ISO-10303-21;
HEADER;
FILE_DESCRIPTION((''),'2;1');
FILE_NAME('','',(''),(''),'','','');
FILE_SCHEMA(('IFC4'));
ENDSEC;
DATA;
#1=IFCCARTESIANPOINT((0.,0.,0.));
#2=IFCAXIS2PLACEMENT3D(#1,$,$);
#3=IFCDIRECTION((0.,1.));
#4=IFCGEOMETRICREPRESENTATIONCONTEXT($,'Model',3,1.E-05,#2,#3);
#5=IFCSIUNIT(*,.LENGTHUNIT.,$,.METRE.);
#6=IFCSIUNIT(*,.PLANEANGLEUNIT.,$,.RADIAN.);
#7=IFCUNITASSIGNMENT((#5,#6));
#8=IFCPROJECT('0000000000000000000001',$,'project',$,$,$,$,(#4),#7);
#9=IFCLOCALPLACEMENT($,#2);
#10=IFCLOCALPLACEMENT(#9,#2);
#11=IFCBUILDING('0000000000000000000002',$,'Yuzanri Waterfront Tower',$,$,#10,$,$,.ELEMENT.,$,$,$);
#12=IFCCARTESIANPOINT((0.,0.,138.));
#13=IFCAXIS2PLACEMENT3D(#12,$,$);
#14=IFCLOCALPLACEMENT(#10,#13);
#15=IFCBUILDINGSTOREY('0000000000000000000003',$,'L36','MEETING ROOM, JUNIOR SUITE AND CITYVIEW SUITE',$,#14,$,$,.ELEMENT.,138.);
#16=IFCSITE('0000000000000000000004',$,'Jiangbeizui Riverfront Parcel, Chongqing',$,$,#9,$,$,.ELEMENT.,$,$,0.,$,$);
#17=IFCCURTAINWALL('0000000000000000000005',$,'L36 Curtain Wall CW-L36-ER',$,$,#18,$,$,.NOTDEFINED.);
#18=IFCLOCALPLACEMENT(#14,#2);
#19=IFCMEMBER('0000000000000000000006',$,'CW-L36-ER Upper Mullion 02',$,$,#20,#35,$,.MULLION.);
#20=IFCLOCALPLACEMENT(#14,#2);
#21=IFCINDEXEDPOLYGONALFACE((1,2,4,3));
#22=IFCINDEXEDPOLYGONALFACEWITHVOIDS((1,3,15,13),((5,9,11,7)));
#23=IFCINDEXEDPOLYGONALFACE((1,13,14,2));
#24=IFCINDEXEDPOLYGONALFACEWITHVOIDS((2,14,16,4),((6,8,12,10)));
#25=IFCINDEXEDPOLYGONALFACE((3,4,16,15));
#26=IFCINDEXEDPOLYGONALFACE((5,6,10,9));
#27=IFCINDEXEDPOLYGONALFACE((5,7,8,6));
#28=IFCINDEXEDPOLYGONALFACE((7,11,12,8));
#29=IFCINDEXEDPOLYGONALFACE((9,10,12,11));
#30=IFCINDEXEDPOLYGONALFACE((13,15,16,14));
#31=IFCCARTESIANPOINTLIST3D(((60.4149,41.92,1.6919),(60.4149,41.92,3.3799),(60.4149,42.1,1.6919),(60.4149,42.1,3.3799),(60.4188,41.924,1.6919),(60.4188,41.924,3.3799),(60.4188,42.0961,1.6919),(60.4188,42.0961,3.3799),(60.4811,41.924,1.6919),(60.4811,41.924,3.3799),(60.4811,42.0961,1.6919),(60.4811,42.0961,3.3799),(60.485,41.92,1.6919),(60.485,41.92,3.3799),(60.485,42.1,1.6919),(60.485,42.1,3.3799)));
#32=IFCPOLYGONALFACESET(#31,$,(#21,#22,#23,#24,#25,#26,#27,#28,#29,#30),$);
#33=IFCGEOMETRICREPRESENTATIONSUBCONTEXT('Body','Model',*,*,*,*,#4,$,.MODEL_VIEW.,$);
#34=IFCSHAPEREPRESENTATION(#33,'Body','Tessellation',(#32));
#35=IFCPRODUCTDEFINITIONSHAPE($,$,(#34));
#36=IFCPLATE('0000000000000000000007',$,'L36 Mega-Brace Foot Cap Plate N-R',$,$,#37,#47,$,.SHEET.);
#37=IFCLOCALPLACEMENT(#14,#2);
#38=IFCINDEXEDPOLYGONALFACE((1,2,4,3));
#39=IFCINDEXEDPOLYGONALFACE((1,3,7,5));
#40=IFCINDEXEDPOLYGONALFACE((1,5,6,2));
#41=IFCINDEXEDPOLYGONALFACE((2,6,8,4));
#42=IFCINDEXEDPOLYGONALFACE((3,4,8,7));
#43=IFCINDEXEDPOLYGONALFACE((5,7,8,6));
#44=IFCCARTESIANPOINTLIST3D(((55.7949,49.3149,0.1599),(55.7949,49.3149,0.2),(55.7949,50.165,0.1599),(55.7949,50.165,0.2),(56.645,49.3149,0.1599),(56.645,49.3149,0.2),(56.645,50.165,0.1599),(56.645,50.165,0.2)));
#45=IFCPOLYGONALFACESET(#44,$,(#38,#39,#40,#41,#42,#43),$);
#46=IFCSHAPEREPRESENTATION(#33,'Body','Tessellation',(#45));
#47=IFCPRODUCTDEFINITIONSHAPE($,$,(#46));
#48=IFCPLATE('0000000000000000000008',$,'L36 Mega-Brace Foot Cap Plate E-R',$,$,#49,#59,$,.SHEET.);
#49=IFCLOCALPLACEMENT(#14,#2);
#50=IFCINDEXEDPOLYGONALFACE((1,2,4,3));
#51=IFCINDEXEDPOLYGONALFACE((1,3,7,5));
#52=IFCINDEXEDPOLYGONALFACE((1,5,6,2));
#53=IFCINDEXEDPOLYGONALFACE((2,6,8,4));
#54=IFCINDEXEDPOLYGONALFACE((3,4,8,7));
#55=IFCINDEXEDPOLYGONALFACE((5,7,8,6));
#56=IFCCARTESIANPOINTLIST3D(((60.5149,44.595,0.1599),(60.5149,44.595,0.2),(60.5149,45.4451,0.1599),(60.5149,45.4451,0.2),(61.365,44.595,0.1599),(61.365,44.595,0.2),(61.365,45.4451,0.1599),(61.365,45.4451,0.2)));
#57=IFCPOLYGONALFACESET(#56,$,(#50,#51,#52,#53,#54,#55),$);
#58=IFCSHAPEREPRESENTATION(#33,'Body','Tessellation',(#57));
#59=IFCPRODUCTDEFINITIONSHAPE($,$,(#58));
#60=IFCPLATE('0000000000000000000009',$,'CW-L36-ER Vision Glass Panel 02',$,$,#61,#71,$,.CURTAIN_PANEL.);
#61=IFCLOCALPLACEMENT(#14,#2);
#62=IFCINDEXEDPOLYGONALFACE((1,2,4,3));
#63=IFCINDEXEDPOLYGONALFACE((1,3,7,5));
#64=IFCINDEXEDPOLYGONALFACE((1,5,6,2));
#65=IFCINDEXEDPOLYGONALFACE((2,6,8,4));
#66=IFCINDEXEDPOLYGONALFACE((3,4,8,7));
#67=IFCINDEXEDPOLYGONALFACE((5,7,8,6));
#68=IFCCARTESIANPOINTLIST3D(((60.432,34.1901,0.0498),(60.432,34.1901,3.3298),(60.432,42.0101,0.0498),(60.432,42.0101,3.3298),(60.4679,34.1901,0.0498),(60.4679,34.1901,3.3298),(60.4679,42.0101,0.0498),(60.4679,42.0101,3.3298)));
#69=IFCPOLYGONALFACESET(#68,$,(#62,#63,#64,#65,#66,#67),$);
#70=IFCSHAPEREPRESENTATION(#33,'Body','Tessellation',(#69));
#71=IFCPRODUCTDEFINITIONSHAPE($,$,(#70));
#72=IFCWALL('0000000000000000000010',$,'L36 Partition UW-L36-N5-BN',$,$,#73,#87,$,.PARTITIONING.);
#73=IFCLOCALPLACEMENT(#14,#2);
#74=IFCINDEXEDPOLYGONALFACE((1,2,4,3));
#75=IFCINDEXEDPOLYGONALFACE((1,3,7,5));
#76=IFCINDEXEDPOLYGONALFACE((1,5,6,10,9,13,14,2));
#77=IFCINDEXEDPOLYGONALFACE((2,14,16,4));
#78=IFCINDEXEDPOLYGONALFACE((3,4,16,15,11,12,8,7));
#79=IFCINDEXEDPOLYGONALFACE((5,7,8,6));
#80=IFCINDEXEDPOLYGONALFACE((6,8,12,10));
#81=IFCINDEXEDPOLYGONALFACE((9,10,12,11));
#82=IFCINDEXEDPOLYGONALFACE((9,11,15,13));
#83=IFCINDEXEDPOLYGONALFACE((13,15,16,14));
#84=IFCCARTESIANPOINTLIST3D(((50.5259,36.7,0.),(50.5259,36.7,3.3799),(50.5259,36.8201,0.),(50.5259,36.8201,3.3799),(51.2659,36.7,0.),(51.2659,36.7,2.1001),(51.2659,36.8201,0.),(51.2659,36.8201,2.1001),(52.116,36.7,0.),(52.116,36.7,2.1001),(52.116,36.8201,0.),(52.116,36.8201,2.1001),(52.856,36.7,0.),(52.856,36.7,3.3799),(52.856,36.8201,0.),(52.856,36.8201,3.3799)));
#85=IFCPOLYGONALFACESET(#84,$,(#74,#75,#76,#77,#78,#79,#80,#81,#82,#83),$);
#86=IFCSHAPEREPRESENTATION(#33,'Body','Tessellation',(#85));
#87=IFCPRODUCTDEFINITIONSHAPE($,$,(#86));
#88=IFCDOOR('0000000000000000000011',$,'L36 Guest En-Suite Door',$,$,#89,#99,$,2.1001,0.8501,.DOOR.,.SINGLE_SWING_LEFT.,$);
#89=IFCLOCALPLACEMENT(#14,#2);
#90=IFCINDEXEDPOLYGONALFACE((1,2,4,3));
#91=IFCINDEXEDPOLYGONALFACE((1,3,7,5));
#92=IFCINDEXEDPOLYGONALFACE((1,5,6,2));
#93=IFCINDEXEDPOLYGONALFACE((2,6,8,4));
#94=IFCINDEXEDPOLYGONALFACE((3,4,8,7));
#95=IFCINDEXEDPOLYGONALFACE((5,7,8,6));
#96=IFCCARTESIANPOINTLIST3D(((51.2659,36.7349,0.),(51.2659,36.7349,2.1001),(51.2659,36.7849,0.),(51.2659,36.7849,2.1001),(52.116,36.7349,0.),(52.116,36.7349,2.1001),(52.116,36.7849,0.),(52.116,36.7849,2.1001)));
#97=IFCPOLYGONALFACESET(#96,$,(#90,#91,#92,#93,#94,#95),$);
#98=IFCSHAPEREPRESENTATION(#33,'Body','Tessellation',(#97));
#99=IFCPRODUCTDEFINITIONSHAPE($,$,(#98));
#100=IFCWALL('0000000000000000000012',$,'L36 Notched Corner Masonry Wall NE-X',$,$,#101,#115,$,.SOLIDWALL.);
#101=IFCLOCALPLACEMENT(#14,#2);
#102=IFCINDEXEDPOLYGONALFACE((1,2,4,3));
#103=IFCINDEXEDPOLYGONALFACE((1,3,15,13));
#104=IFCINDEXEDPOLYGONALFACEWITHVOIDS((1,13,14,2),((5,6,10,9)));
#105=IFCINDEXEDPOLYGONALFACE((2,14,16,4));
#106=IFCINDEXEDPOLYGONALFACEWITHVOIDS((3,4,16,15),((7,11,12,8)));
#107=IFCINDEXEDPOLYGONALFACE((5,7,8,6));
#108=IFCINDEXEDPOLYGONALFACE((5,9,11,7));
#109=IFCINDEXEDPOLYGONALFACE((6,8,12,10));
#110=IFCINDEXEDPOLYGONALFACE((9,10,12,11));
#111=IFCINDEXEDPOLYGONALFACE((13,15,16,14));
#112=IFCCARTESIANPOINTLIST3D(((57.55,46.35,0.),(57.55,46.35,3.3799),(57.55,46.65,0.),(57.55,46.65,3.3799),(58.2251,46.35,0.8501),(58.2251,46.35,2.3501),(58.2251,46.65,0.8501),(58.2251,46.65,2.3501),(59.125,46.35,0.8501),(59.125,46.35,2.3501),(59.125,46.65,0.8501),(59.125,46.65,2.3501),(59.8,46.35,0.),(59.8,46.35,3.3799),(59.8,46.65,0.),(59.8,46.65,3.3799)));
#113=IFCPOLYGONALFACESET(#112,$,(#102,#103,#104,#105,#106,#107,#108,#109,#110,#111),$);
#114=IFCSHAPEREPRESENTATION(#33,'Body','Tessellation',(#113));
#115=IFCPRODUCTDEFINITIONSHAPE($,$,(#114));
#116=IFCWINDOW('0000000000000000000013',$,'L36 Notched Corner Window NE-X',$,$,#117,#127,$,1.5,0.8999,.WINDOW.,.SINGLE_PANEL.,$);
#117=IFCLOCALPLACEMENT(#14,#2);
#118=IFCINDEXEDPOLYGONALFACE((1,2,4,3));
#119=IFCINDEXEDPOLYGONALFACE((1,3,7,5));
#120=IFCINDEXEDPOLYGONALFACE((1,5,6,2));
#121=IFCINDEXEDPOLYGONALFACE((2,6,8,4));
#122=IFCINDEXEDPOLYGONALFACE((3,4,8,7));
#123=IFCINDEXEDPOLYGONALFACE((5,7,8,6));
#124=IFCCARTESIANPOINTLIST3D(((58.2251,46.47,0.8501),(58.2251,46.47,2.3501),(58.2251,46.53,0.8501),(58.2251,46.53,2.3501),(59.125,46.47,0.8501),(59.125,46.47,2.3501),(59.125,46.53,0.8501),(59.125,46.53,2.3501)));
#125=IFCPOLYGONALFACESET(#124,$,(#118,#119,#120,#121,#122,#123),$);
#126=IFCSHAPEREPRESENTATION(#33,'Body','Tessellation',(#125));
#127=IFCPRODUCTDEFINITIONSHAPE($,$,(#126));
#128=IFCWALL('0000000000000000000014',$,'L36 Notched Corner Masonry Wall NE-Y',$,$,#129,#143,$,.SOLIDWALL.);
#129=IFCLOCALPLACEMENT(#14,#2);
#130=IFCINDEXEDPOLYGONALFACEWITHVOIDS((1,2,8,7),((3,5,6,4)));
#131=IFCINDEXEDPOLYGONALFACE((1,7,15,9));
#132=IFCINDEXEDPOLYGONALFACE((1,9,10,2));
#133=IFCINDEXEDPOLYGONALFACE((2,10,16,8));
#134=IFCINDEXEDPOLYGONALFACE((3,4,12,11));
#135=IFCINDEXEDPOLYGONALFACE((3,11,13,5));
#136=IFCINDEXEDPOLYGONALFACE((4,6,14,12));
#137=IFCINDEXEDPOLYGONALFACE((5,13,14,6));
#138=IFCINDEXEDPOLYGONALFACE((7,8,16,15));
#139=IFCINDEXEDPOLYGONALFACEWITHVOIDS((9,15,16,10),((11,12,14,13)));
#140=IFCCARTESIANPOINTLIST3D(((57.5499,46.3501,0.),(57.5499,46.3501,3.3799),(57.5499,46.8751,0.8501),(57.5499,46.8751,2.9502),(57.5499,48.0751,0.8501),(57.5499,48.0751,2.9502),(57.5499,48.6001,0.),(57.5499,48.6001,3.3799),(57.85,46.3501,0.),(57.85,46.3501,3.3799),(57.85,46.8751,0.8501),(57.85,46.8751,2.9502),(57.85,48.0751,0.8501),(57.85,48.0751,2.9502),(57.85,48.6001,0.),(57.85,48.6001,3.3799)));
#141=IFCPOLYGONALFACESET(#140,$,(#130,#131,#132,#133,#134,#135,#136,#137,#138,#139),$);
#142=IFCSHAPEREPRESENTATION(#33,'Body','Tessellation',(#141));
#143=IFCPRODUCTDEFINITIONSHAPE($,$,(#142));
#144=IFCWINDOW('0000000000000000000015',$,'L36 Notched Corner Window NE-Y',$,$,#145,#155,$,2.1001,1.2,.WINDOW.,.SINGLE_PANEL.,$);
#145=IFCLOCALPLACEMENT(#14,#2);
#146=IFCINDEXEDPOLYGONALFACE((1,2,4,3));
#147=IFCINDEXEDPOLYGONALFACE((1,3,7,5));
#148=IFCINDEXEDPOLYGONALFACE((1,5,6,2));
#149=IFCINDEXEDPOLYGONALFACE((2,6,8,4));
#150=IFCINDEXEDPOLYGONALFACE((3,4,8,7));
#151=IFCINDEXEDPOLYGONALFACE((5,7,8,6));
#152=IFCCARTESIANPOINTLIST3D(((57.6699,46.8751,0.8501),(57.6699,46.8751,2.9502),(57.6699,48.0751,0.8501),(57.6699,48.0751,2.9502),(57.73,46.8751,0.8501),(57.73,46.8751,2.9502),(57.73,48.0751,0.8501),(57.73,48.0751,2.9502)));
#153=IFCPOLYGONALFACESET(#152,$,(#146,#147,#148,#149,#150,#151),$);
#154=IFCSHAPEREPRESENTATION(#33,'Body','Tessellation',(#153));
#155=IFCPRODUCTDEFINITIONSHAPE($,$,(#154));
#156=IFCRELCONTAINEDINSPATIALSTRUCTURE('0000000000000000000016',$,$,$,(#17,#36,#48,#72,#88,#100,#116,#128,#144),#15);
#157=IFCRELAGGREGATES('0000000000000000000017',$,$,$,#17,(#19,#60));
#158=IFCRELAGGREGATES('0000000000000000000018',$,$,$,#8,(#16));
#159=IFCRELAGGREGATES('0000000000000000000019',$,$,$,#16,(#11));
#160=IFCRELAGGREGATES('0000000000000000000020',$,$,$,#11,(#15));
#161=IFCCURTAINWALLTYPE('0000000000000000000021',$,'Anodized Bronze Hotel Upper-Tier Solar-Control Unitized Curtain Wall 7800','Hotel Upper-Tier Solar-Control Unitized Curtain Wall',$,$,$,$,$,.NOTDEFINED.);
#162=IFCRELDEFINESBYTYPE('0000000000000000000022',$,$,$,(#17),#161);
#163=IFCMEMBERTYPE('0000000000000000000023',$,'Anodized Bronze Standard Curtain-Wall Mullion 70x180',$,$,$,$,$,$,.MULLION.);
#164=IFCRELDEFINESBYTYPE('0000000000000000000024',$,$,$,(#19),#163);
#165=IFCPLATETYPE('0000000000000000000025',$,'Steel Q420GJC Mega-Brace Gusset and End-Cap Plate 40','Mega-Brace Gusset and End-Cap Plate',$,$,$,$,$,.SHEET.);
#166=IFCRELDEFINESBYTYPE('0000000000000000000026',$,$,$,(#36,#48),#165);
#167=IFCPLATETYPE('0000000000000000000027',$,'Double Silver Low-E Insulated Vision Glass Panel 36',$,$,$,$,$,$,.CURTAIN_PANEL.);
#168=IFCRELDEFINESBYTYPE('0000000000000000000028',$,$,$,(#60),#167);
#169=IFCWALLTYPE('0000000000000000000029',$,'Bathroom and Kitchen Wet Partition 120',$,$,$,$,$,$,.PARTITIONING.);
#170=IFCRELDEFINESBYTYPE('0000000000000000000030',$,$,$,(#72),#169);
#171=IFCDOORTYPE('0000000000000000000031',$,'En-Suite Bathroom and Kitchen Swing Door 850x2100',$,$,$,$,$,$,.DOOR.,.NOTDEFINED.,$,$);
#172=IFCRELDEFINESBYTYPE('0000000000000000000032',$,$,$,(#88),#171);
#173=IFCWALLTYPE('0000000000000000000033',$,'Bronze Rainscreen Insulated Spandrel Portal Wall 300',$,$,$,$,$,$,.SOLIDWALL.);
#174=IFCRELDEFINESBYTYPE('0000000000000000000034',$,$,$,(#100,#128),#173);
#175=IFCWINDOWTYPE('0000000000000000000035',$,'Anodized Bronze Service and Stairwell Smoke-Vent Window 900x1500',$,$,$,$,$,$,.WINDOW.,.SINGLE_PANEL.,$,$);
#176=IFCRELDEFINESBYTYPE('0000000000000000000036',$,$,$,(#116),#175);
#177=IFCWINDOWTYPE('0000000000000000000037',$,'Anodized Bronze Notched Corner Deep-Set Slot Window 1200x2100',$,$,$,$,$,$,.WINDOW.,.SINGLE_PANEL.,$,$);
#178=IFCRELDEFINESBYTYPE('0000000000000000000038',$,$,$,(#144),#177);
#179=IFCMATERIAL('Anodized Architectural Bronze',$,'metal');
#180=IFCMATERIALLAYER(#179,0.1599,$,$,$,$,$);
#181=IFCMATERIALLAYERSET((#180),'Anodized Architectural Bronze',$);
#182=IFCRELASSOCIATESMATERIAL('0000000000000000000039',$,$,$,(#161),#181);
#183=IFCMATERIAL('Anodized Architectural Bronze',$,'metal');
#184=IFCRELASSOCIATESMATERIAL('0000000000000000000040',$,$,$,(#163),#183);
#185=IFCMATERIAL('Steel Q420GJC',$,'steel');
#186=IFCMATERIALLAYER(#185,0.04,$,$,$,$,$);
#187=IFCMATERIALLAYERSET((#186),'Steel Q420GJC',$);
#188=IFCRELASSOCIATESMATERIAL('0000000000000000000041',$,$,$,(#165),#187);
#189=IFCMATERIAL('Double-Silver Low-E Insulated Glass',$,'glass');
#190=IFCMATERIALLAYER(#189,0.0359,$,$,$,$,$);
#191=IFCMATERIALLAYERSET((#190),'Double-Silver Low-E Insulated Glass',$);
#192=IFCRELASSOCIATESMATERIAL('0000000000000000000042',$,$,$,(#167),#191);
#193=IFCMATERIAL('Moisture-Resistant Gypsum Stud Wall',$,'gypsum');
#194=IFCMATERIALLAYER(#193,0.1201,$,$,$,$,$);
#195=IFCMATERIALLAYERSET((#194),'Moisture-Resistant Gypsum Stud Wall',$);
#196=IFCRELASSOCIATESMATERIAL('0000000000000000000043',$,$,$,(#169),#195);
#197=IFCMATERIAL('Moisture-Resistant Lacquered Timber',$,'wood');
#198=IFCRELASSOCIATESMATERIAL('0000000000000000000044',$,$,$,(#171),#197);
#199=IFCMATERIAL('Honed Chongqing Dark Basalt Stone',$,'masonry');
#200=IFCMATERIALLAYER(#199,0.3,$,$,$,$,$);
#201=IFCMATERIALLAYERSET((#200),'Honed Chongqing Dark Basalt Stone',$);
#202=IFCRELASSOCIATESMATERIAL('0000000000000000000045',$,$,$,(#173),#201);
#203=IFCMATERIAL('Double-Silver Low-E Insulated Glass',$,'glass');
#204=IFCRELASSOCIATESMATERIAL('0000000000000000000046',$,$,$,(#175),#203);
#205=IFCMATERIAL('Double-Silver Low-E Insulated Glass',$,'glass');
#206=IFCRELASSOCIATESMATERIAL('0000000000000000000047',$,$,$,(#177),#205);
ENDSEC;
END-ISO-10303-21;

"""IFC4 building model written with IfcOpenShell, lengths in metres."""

from ifc_helpers import new_model, si_unit, direction, frame, frame_2d, origin, origin_2d, place, context, subcontext, project, spatial, rectangle, hollow_rectangle, extrude, source, transform, mapped, material, layer, layer_set, material_profile, profile_set, type_object, element, fill, aggregate, save


model = new_model("IFC4")

# Units and contexts
model_context = context("Model", 3, precision=1e-05, world=origin(), true_north=direction((0.0, 1.0)))
body_context = subcontext(model_context, "Body", "Model", "MODEL_VIEW")
ifc_project = project(units=[si_unit("LENGTHUNIT", "METRE"), si_unit("PLANEANGLEUNIT", "RADIAN")], contexts=[model_context])

# Site, building, storey
site_placement = place(None, origin())
site = spatial("IfcSite", under=ifc_project, at=site_placement, Name="Jiangbeizui Riverfront Parcel, Chongqing", CompositionType="ELEMENT", RefElevation=0.0)
building_placement = place(site_placement, origin())
building = spatial("IfcBuilding", under=site, at=building_placement, Name="Yuzanri Waterfront Tower", CompositionType="ELEMENT")
storey_placement = place(building_placement, frame((0.0, 0.0, 138.0)))
storey = spatial("IfcBuildingStorey", under=building, at=storey_placement, Name="L36", Description="MEETING ROOM, JUNIOR SUITE AND CITYVIEW SUITE", CompositionType="ELEMENT", Elevation=138.0)

# Curtain wall, member
ifc_material_1 = material(Name="Anodized Architectural Bronze", Category="metal")
ifc_layer_1 = layer(ifc_material_1, 0.1599)
ifc_layer_set_1 = layer_set([ifc_layer_1], Name="Anodized Architectural Bronze")
curtain_wall_type = type_object("IfcCurtainWallType", Name="Anodized Bronze Hotel Upper-Tier Solar-Control Unitized Curtain Wall 7800", Description="Hotel Upper-Tier Solar-Control Unitized Curtain Wall", PredefinedType="NOTDEFINED", material=ifc_layer_set_1)
ifc_material_2 = material(Name="Anodized Architectural Bronze", Category="metal")
ifc_material_profile_1 = material_profile(ifc_material_2, hollow_rectangle(XDim=0.0701, YDim=0.1799, WallThickness=0.0039, at=origin_2d()), Name="CWM 70x180")
ifc_profile_set_1 = profile_set([ifc_material_profile_1], Name="Anodized Architectural Bronze")
member_type_1 = type_object("IfcMemberType", Name="Anodized Bronze Standard Curtain-Wall Mullion 70x180", PredefinedType="MULLION", material=ifc_profile_set_1)
shared_shape_1 = source(origin(), body_context, "Body", "SweptSolid", [
    extrude(hollow_rectangle(XDim=0.0701, YDim=0.1799, WallThickness=0.0039, at=origin_2d()), origin(), (0.0, 0.0, 1.0), 1.688),
])
curtain_wall_1_placement = place(storey_placement, origin())
curtain_wall_1 = element("IfcCurtainWall", 1, at=curtain_wall_1_placement, inside=storey, type_object=curtain_wall_type, Name="L36 Curtain Wall CW-L36-ER", PredefinedType="NOTDEFINED")
member_1_placement = place(storey_placement, frame((60.45, 42.01, 1.6919), z_axis=(0.0, 0.0, 1.0), x_axis=(1.0, 0.0, 0.0)))
member_1 = element("IfcMember", 2, at=member_1_placement, type_object=member_type_1, Name="CW-L36-ER Upper Mullion 02", PredefinedType="MULLION", context=body_context, shape_type="MappedRepresentation", body=[
    mapped(shared_shape_1, transform((0.0, 0.0, 0.0), scale=1.0)),
])

# Plates
ifc_material_3 = material(Name="Steel Q420GJC", Category="steel")
ifc_layer_2 = layer(ifc_material_3, 0.04)
ifc_layer_set_2 = layer_set([ifc_layer_2], Name="Steel Q420GJC")
plate_type_1 = type_object("IfcPlateType", Name="Steel Q420GJC Mega-Brace Gusset and End-Cap Plate 40", Description="Mega-Brace Gusset and End-Cap Plate", PredefinedType="SHEET", material=ifc_layer_set_2)
shared_shape_2 = source(origin(), body_context, "Body", "SweptSolid", [
    extrude(rectangle(XDim=0.8501, YDim=0.8501, at=origin_2d()), origin(), (0.0, 0.0, 1.0), 0.04),
])
for number, where, z_axis, x_axis, name in (
    (3, (56.22, 49.74, 0.1599), (0.0, 0.0, 1.0), (1.0, 0.0, 0.0), "L36 Mega-Brace Foot Cap Plate N-R"),
    (4, (60.9399, 45.02, 0.1599), (0.0, 0.0, 1.0), (1.0, 0.0, 0.0), "L36 Mega-Brace Foot Cap Plate E-R"),
):
    element("IfcPlate", number, at=place(storey_placement, frame(where, z_axis=z_axis, x_axis=x_axis)), inside=storey, type_object=plate_type_1, Name=name, PredefinedType="SHEET", context=body_context, shape_type="MappedRepresentation", body=[
        mapped(shared_shape_2, transform((0.0, 0.0, 0.0), scale=1.0)),
    ])

# Plate
ifc_material_4 = material(Name="Double-Silver Low-E Insulated Glass", Category="glass")
ifc_layer_3 = layer(ifc_material_4, 0.0359)
ifc_layer_set_3 = layer_set([ifc_layer_3], Name="Double-Silver Low-E Insulated Glass")
plate_type_2 = type_object("IfcPlateType", Name="Double Silver Low-E Insulated Vision Glass Panel 36", PredefinedType="CURTAIN_PANEL", material=ifc_layer_set_3)
shared_shape_3 = source(origin(), body_context, "Body", "SweptSolid", [
    extrude(rectangle(XDim=7.8201, YDim=0.0359, at=origin_2d()), origin(), (0.0, 0.0, 1.0), 3.28),
])
plate_placement = place(storey_placement, frame((60.45, 38.1001, 0.0498), z_axis=(0.0, 0.0, 1.0), x_axis=(0.0, 1.0, 0.0)))
plate = element("IfcPlate", 5, at=plate_placement, type_object=plate_type_2, Name="CW-L36-ER Vision Glass Panel 02", PredefinedType="CURTAIN_PANEL", context=body_context, shape_type="MappedRepresentation", body=[
    mapped(shared_shape_3, transform((0.0, 0.0, 0.0), scale=1.0)),
])
aggregate(curtain_wall_1, [member_1, plate])

# Wall, opening, door
ifc_material_5 = material(Name="Moisture-Resistant Gypsum Stud Wall", Category="gypsum")
ifc_layer_4 = layer(ifc_material_5, 0.1201)
ifc_layer_set_4 = layer_set([ifc_layer_4], Name="Moisture-Resistant Gypsum Stud Wall")
wall_type_1 = type_object("IfcWallType", Name="Bathroom and Kitchen Wet Partition 120", PredefinedType="PARTITIONING", material=ifc_layer_set_4)
wall_1_placement = place(storey_placement, frame((50.5259, 36.76, 0.0), z_axis=(0.0, 0.0, 1.0), x_axis=(1.0, 0.0, 0.0)))
wall_1 = element("IfcWall", 6, at=wall_1_placement, inside=storey, type_object=wall_type_1, Name="L36 Partition UW-L36-N5-BN", PredefinedType="PARTITIONING", context=body_context, shape_type="SweptSolid", body=[
    extrude(rectangle(XDim=2.3301, YDim=0.1201, at=frame_2d((1.165, 0.0))), origin(), (0.0, 0.0, 1.0), 3.3799),
])
opening_1_placement = place(wall_1_placement, frame((0.74, 0.0, 0.0)))
opening_1 = element("IfcOpeningElement", 7, at=opening_1_placement, cuts=wall_1, PredefinedType="OPENING", context=body_context, shape_type="SweptSolid", body=[
    extrude(rectangle(XDim=0.8501, YDim=2.1001, at=frame_2d((0.425, 1.05))), frame((0.0, 0.075, 0.0), z_axis=(0.0, -1.0, 0.0), x_axis=(1.0, 0.0, 0.0)), (0.0, 0.0, 1.0), 0.1499),
])
ifc_material_6 = material(Name="Moisture-Resistant Lacquered Timber", Category="wood")
door_type = type_object("IfcDoorType", Name="En-Suite Bathroom and Kitchen Swing Door 850x2100", OperationType="NOTDEFINED", PredefinedType="DOOR", material=ifc_material_6)
shared_shape_4 = source(origin(), body_context, "Body", "SweptSolid", [
    extrude(rectangle(XDim=0.8501, YDim=2.1001, at=frame_2d((0.425, 1.05))), frame((0.0, 0.0249, 0.0), z_axis=(0.0, -1.0, 0.0), x_axis=(1.0, 0.0, 0.0)), (0.0, 0.0, 1.0), 0.05),
])
door_placement = place(opening_1_placement, origin())
door = element("IfcDoor", 8, at=door_placement, inside=storey, type_object=door_type, Name="L36 Guest En-Suite Door", OperationType="SINGLE_SWING_LEFT", OverallHeight=2.1001, OverallWidth=0.8501, PredefinedType="DOOR", context=body_context, shape_type="MappedRepresentation", body=[
    mapped(shared_shape_4, transform((0.0, 0.0, 0.0), scale=1.0)),
])
fill(opening_1, door)

# Walls, openings, windows
ifc_material_7 = material(Name="Honed Chongqing Dark Basalt Stone", Category="masonry")
ifc_layer_5 = layer(ifc_material_7, 0.3)
ifc_layer_set_5 = layer_set([ifc_layer_5], Name="Honed Chongqing Dark Basalt Stone")
wall_type_2 = type_object("IfcWallType", Name="Bronze Rainscreen Insulated Spandrel Portal Wall 300", PredefinedType="SOLIDWALL", material=ifc_layer_set_5)
wall_2_placement = place(storey_placement, frame((59.8, 46.5, 0.0), z_axis=(0.0, 0.0, 1.0), x_axis=(-1.0, 0.0, 0.0)))
wall_2 = element("IfcWall", 9, at=wall_2_placement, inside=storey, type_object=wall_type_2, Name="L36 Notched Corner Masonry Wall NE-X", PredefinedType="SOLIDWALL", context=body_context, shape_type="SweptSolid", body=[
    extrude(rectangle(XDim=2.25, YDim=0.3, at=frame_2d((1.125, 0.0))), origin(), (0.0, 0.0, 1.0), 3.3799),
])
opening_2_placement = place(wall_2_placement, frame((0.675, 0.0, 0.8501)))
opening_2 = element("IfcOpeningElement", 10, at=opening_2_placement, cuts=wall_2, PredefinedType="OPENING", context=body_context, shape_type="SweptSolid", body=[
    extrude(rectangle(XDim=0.8999, YDim=1.5, at=frame_2d((0.45, 0.75))), frame((0.0, 0.165, 0.0), z_axis=(0.0, -1.0, 0.0), x_axis=(1.0, 0.0, 0.0)), (0.0, 0.0, 1.0), 0.3298),
])
ifc_material_8 = material(Name="Double-Silver Low-E Insulated Glass", Category="glass")
window_type_1 = type_object("IfcWindowType", Name="Anodized Bronze Service and Stairwell Smoke-Vent Window 900x1500", PartitioningType="SINGLE_PANEL", PredefinedType="WINDOW", material=ifc_material_8)
shared_shape_5 = source(origin(), body_context, "Body", "SweptSolid", [
    extrude(rectangle(XDim=0.8999, YDim=1.5, at=frame_2d((0.45, 0.75))), frame((0.0, 0.03, 0.0), z_axis=(0.0, -1.0, 0.0), x_axis=(1.0, 0.0, 0.0)), (0.0, 0.0, 1.0), 0.0601),
])
window_1_placement = place(opening_2_placement, origin())
window_1 = element("IfcWindow", 11, at=window_1_placement, inside=storey, type_object=window_type_1, Name="L36 Notched Corner Window NE-X", OverallHeight=1.5, OverallWidth=0.8999, PartitioningType="SINGLE_PANEL", PredefinedType="WINDOW", context=body_context, shape_type="MappedRepresentation", body=[
    mapped(shared_shape_5, transform((0.0, 0.0, 0.0), scale=1.0)),
])
fill(opening_2, window_1)
wall_3_placement = place(storey_placement, frame((57.7, 46.3501, 0.0), z_axis=(0.0, 0.0, 1.0), x_axis=(0.0, 1.0, 0.0)))
wall_3 = element("IfcWall", 12, at=wall_3_placement, inside=storey, type_object=wall_type_2, Name="L36 Notched Corner Masonry Wall NE-Y", PredefinedType="SOLIDWALL", context=body_context, shape_type="SweptSolid", body=[
    extrude(rectangle(XDim=2.25, YDim=0.3, at=frame_2d((1.125, 0.0))), origin(), (0.0, 0.0, 1.0), 3.3799),
])
opening_3_placement = place(wall_3_placement, frame((0.5249, 0.0, 0.8501)))
opening_3 = element("IfcOpeningElement", 13, at=opening_3_placement, cuts=wall_3, PredefinedType="OPENING", context=body_context, shape_type="SweptSolid", body=[
    extrude(rectangle(XDim=1.2, YDim=2.1001, at=frame_2d((0.6001, 1.05))), frame((0.0, 0.165, 0.0), z_axis=(0.0, -1.0, 0.0), x_axis=(1.0, 0.0, 0.0)), (0.0, 0.0, 1.0), 0.3298),
])
ifc_material_9 = material(Name="Double-Silver Low-E Insulated Glass", Category="glass")
window_type_2 = type_object("IfcWindowType", Name="Anodized Bronze Notched Corner Deep-Set Slot Window 1200x2100", PartitioningType="SINGLE_PANEL", PredefinedType="WINDOW", material=ifc_material_9)
shared_shape_6 = source(origin(), body_context, "Body", "SweptSolid", [
    extrude(rectangle(XDim=1.2, YDim=2.1001, at=frame_2d((0.6001, 1.05))), frame((0.0, 0.03, 0.0), z_axis=(0.0, -1.0, 0.0), x_axis=(1.0, 0.0, 0.0)), (0.0, 0.0, 1.0), 0.0601),
])
window_2_placement = place(opening_3_placement, origin())
window_2 = element("IfcWindow", 14, at=window_2_placement, inside=storey, type_object=window_type_2, Name="L36 Notched Corner Window NE-Y", OverallHeight=2.1001, OverallWidth=1.2, PartitioningType="SINGLE_PANEL", PredefinedType="WINDOW", context=body_context, shape_type="MappedRepresentation", body=[
    mapped(shared_shape_6, transform((0.0, 0.0, 0.0), scale=1.0)),
])
fill(opening_3, window_2)

save(model, "model.ifc")
